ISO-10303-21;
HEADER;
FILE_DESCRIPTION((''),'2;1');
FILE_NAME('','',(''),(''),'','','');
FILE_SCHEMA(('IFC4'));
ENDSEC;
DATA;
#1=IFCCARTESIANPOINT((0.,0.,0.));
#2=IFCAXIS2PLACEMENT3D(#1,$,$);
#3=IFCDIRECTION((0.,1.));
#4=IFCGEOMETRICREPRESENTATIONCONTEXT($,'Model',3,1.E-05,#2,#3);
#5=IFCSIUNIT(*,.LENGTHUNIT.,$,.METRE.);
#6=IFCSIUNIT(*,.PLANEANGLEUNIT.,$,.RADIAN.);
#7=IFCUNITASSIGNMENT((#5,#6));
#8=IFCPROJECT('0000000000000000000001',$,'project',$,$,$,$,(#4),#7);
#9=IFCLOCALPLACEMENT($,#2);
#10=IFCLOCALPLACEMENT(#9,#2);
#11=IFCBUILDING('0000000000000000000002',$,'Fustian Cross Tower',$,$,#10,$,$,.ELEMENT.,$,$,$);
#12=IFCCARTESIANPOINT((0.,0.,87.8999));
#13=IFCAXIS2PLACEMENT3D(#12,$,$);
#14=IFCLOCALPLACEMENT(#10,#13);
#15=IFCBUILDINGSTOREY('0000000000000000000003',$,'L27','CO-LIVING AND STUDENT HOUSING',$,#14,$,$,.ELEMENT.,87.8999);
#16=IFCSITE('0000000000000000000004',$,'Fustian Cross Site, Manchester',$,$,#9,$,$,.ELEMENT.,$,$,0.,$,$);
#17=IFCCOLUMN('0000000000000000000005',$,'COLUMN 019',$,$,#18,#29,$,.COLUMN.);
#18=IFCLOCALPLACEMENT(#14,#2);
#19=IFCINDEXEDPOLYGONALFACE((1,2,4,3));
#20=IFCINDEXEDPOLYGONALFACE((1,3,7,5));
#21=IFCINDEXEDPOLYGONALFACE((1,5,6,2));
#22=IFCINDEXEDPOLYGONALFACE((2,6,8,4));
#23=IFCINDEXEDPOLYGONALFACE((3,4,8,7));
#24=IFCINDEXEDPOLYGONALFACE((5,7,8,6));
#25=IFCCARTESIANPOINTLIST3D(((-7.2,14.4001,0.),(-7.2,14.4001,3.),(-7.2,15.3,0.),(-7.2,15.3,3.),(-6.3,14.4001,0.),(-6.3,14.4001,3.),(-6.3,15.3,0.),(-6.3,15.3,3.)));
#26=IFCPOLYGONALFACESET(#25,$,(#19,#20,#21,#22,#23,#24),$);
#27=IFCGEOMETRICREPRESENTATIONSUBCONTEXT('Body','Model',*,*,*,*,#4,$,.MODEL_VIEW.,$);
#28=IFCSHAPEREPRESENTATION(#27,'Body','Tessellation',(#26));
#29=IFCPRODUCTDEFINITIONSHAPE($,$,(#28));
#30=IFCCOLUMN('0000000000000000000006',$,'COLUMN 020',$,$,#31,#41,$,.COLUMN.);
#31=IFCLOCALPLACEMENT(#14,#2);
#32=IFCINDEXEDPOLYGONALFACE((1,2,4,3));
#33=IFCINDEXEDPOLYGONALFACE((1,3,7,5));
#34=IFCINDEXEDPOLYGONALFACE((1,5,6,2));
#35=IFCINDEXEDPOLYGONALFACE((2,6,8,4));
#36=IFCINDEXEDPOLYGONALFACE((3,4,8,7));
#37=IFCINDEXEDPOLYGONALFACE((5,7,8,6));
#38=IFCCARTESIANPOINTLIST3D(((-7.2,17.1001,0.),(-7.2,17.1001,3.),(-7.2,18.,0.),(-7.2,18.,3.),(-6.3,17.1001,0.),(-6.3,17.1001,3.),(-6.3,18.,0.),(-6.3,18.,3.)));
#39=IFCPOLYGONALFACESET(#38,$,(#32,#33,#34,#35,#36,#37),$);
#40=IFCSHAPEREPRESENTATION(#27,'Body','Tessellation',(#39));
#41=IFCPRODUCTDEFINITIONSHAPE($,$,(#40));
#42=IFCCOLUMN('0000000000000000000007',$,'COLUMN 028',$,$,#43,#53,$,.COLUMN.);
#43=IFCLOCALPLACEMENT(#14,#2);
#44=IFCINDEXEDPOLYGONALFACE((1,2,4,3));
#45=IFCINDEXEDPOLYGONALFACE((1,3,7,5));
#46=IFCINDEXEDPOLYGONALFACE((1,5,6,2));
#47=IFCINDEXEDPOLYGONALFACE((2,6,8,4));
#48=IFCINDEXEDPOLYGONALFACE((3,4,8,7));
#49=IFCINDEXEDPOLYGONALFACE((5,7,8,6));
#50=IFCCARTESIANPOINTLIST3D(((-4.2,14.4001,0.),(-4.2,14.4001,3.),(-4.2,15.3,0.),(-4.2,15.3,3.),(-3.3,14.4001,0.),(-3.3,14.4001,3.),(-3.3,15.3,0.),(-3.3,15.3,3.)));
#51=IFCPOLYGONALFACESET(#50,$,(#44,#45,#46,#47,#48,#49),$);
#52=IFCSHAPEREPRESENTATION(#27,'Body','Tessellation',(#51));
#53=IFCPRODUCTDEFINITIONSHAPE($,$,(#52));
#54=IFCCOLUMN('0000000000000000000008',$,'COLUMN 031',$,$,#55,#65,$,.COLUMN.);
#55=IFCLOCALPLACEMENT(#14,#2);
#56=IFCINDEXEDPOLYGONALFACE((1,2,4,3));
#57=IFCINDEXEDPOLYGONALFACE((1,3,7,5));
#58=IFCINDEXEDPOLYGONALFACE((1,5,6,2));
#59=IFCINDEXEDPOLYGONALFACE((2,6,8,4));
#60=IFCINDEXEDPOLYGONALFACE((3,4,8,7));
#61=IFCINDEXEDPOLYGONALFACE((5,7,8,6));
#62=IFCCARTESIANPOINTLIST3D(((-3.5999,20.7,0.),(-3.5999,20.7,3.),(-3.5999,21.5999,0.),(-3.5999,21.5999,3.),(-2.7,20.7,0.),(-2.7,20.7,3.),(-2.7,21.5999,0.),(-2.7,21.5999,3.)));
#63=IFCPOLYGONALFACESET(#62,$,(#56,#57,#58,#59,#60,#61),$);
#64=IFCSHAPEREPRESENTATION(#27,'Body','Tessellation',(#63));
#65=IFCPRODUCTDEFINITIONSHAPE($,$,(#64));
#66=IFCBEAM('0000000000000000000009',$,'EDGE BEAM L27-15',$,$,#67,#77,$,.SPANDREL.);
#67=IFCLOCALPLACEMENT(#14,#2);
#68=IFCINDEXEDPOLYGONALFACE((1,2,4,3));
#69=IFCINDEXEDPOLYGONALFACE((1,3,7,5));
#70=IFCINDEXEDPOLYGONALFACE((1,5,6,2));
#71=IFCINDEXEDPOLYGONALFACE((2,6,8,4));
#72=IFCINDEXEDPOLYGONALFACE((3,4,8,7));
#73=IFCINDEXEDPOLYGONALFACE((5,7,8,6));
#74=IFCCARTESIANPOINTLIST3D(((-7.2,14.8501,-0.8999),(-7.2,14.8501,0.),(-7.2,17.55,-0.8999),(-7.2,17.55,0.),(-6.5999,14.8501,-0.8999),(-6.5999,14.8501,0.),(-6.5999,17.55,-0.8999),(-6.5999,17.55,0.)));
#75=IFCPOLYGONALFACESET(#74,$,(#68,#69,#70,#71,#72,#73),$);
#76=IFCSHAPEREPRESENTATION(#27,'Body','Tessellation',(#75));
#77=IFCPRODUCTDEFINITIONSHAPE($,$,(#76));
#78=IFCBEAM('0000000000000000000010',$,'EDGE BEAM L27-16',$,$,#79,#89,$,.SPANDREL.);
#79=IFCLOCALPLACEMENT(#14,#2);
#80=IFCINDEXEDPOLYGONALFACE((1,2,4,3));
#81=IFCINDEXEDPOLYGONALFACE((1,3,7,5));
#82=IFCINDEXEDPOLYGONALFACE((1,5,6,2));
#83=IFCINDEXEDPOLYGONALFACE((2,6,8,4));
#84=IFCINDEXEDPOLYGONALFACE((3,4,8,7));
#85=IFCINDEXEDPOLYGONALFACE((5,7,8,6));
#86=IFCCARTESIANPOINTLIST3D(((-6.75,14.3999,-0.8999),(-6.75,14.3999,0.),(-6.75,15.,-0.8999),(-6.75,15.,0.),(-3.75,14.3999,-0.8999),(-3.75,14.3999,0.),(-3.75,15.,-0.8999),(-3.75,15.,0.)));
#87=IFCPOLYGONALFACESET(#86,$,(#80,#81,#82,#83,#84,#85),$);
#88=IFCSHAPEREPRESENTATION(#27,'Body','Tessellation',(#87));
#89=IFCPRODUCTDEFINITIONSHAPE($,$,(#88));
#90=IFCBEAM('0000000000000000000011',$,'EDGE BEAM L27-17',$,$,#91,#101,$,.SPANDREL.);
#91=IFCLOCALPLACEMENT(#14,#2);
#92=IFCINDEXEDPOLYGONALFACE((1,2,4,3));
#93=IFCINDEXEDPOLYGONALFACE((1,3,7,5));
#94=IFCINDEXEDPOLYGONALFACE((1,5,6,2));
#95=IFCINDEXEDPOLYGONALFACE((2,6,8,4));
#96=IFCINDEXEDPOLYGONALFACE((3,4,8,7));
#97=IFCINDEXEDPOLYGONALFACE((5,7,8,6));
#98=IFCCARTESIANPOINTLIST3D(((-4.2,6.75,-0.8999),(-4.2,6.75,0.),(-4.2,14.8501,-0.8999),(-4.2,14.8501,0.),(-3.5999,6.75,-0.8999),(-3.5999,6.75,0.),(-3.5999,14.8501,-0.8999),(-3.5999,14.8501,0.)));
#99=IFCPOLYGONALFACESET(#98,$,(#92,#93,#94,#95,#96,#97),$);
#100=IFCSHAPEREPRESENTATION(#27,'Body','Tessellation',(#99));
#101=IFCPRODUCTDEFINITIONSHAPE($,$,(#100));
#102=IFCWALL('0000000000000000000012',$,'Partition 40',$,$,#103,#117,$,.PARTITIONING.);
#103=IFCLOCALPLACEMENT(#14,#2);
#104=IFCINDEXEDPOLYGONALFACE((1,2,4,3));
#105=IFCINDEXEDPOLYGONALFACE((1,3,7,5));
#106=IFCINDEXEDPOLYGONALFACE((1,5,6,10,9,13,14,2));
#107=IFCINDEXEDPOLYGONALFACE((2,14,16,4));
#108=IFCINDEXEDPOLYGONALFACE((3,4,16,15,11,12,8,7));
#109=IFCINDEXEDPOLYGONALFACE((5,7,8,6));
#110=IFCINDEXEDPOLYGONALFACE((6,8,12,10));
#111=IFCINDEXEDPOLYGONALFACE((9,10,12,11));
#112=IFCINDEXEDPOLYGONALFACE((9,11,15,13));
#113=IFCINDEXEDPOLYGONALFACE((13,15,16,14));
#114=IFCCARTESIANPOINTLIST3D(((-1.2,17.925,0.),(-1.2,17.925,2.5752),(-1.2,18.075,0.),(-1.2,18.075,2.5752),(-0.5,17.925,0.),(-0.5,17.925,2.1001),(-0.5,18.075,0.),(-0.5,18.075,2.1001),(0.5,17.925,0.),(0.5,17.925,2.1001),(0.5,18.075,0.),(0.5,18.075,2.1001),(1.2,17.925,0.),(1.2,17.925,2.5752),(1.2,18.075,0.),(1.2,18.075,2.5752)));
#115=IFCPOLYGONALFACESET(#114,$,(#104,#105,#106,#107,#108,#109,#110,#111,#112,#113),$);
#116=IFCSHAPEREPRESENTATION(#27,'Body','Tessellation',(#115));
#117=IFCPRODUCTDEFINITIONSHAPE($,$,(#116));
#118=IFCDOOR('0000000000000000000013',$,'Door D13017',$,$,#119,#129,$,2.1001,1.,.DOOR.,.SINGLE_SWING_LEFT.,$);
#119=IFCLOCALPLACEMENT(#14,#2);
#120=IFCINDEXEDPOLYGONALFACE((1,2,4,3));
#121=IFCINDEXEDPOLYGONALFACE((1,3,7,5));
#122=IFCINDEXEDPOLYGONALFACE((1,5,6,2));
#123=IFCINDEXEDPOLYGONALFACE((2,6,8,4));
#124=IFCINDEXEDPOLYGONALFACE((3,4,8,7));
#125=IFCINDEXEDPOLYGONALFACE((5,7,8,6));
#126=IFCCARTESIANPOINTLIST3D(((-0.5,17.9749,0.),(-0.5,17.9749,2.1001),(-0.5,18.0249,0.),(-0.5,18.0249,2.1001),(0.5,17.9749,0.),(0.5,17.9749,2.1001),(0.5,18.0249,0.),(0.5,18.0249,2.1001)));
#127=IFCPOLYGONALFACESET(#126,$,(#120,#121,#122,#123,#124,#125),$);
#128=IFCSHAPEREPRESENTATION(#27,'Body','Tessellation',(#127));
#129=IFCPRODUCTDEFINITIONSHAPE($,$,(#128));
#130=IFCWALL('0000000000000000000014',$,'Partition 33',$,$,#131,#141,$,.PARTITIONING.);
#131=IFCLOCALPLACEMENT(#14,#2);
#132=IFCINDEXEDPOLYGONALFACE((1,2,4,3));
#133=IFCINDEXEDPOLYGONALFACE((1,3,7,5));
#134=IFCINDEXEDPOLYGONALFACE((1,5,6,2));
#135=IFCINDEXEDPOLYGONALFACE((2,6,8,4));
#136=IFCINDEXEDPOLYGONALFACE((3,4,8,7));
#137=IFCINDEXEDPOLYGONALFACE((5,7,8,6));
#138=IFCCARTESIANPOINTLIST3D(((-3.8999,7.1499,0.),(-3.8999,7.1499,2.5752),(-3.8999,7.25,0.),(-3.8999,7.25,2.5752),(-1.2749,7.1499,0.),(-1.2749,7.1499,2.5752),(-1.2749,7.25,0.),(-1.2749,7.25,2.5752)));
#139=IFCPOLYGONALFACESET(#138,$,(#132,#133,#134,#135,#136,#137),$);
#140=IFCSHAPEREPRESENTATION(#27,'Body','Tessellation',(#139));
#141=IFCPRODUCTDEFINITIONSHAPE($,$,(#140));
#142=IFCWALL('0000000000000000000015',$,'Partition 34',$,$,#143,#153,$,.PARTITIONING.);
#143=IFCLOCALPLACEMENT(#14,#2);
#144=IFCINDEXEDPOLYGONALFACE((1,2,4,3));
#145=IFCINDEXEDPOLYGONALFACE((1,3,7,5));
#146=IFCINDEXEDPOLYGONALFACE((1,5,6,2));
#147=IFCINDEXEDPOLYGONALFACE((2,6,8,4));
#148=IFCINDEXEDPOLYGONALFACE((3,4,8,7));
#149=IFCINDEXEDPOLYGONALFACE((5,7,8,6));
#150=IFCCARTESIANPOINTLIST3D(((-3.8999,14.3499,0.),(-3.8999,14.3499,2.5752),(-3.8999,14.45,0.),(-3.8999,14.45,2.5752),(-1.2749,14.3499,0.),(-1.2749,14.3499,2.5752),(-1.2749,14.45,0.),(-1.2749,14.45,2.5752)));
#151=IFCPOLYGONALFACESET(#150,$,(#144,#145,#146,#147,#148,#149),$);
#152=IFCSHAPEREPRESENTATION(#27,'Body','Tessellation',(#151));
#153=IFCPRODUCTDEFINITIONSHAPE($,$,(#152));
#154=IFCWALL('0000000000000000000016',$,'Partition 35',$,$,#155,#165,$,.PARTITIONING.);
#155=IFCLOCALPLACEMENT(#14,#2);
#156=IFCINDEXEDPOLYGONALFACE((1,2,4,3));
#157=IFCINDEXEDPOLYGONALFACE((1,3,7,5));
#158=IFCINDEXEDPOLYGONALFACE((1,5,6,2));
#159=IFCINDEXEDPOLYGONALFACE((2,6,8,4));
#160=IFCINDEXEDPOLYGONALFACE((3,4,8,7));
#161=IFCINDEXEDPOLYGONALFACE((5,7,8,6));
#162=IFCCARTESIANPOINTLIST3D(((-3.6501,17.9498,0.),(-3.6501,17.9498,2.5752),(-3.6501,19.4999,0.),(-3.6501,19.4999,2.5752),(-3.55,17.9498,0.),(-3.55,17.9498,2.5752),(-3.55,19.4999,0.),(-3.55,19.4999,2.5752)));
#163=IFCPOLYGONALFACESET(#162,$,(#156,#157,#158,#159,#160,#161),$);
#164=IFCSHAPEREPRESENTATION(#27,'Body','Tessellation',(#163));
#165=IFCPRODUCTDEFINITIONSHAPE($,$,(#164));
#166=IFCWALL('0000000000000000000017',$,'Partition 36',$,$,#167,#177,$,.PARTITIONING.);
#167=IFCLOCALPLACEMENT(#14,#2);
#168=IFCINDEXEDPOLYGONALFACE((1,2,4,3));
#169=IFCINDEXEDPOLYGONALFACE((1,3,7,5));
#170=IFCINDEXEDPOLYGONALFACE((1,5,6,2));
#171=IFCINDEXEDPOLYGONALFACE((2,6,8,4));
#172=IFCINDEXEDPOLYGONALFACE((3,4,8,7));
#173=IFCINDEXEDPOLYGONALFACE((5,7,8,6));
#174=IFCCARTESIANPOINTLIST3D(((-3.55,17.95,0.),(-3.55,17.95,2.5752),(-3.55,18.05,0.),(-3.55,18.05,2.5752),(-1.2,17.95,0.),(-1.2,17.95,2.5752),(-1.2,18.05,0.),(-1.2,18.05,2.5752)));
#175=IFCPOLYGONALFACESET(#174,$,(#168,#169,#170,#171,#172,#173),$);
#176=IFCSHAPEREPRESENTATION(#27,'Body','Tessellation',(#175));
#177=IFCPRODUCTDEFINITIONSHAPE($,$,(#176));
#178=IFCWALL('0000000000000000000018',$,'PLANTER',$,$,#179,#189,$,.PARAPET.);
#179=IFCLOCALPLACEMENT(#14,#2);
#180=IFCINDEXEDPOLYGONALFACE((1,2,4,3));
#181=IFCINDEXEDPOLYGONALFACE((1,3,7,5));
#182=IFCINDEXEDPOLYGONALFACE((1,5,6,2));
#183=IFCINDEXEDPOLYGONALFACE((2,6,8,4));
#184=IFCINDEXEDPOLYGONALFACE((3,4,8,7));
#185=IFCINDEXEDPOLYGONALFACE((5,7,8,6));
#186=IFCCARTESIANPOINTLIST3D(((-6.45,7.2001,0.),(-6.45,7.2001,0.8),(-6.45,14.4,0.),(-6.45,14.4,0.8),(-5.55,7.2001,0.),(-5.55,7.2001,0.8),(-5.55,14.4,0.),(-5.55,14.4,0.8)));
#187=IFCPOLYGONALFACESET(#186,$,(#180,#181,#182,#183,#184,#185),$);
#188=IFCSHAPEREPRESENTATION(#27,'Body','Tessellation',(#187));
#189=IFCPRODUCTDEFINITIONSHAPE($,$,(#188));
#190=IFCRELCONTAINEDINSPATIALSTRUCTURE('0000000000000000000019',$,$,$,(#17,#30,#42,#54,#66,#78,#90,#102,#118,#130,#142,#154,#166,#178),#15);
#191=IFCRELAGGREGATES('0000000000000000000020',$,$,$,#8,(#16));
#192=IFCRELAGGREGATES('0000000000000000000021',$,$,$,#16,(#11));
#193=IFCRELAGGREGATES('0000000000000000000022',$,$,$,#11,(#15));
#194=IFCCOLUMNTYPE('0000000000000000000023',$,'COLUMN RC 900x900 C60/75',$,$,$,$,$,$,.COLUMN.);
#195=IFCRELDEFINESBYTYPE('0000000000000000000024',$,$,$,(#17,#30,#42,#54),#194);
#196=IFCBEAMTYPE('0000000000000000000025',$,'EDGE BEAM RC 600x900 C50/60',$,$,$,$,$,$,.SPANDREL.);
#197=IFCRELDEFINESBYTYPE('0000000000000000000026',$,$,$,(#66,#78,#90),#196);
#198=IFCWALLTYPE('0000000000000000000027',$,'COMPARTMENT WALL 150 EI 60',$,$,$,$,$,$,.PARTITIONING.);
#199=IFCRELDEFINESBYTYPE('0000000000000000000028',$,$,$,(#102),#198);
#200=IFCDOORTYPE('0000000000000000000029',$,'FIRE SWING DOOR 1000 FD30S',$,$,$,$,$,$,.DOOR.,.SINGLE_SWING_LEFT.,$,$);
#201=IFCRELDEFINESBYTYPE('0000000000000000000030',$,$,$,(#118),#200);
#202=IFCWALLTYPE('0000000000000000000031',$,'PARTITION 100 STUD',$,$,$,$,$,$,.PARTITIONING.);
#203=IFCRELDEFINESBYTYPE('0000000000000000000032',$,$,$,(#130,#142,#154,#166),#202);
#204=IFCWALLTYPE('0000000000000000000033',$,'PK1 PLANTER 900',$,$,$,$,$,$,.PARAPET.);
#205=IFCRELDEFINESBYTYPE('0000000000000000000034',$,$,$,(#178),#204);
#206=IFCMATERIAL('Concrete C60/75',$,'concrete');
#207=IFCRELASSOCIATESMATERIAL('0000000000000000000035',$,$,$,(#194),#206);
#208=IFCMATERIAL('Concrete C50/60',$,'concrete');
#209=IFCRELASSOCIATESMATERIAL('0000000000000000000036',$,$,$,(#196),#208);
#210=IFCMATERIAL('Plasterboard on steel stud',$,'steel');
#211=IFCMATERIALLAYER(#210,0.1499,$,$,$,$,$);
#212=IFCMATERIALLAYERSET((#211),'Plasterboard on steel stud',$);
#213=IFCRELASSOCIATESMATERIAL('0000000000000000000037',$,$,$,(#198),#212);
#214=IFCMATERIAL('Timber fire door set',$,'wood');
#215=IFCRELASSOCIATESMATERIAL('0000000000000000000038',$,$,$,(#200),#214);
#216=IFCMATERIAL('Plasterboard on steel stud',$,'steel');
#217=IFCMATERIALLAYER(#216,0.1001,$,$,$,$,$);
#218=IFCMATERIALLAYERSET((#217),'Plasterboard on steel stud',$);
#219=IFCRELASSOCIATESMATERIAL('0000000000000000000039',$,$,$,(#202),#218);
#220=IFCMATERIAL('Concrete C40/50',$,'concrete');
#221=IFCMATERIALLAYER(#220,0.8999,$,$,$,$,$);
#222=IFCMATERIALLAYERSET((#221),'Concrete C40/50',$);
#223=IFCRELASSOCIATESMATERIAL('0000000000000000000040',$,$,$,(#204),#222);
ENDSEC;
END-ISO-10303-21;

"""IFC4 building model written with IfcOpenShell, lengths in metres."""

from ifc_helpers import new_model, si_unit, direction, frame, frame_2d, origin, origin_2d, place, context, subcontext, project, spatial, rectangle, extrude, material, layer, layer_set, material_profile, profile_set, type_object, element, fill, save


model = new_model("IFC4")

# Units and contexts
model_context = context("Model", 3, precision=1e-05, world=origin(), true_north=direction((0.0, 1.0)))
body_context = subcontext(model_context, "Body", "Model", "MODEL_VIEW")
ifc_project = project(units=[si_unit("LENGTHUNIT", "METRE"), si_unit("PLANEANGLEUNIT", "RADIAN")], contexts=[model_context])

# Site, building, storey
site_placement = place(None, origin())
site = spatial("IfcSite", under=ifc_project, at=site_placement, Name="Fustian Cross Site, Manchester", CompositionType="ELEMENT", RefElevation=0.0)
building_placement = place(site_placement, origin())
building = spatial("IfcBuilding", under=site, at=building_placement, Name="Fustian Cross Tower", CompositionType="ELEMENT")
storey_placement = place(building_placement, frame((0.0, 0.0, 87.8999)))
storey = spatial("IfcBuildingStorey", under=building, at=storey_placement, Name="L27", Description="CO-LIVING AND STUDENT HOUSING", CompositionType="ELEMENT", Elevation=87.8999)

# Columns
ifc_material_1 = material(Name="Concrete C60/75", Category="concrete")
ifc_material_profile_1 = material_profile(ifc_material_1, rectangle(XDim=0.8999, YDim=0.8999, at=origin_2d()), Name="RC 900x900")
ifc_profile_set_1 = profile_set([ifc_material_profile_1], Name="Concrete C60/75")
column_type = type_object("IfcColumnType", Name="COLUMN RC 900x900 C60/75", PredefinedType="COLUMN", material=ifc_profile_set_1)
for number, where, z_axis, x_axis, name in (
    (1, (-6.75, 14.8501, 0.0), (0.0, 0.0, 1.0), (1.0, 0.0, 0.0), "COLUMN 019"),
    (2, (-6.75, 17.55, 0.0), (0.0, 0.0, 1.0), (1.0, 0.0, 0.0), "COLUMN 020"),
    (3, (-3.75, 14.8501, 0.0), (0.0, 0.0, 1.0), (1.0, 0.0, 0.0), "COLUMN 028"),
    (4, (-3.1499, 21.1499, 0.0), (0.0, 0.0, 1.0), (1.0, 0.0, 0.0), "COLUMN 031"),
):
    element("IfcColumn", number, at=place(storey_placement, frame(where, z_axis=z_axis, x_axis=x_axis)), inside=storey, type_object=column_type, Name=name, PredefinedType="COLUMN", context=body_context, shape_type="SweptSolid", body=[
        extrude(rectangle(XDim=0.8999, YDim=0.8999, at=origin_2d()), origin(), (0.0, 0.0, 1.0), 3.0),
    ])

# Beams
ifc_material_2 = material(Name="Concrete C50/60", Category="concrete")
ifc_material_profile_2 = material_profile(ifc_material_2, rectangle(XDim=0.6001, YDim=0.8999, at=origin_2d()), Name="RC 600x900")
ifc_profile_set_2 = profile_set([ifc_material_profile_2], Name="Concrete C50/60")
beam_type = type_object("IfcBeamType", Name="EDGE BEAM RC 600x900 C50/60", PredefinedType="SPANDREL", material=ifc_profile_set_2)
beam_1_placement = place(storey_placement, frame((-6.8999, 17.55, -0.45), z_axis=(0.0, -1.0, 0.0), x_axis=(1.0, 0.0, 0.0)))
element("IfcBeam", 5, at=beam_1_placement, inside=storey, type_object=beam_type, Name="EDGE BEAM L27-15", PredefinedType="SPANDREL", context=body_context, shape_type="SweptSolid", body=[
    extrude(rectangle(XDim=0.6001, YDim=0.8999, at=origin_2d()), origin(), (0.0, 0.0, 1.0), 2.7),
])
beam_2_placement = place(storey_placement, frame((-6.75, 14.7, -0.45), z_axis=(1.0, 0.0, 0.0), x_axis=(0.0, 1.0, 0.0)))
element("IfcBeam", 6, at=beam_2_placement, inside=storey, type_object=beam_type, Name="EDGE BEAM L27-16", PredefinedType="SPANDREL", context=body_context, shape_type="SweptSolid", body=[
    extrude(rectangle(XDim=0.6001, YDim=0.8999, at=origin_2d()), origin(), (0.0, 0.0, 1.0), 3.0),
])
beam_3_placement = place(storey_placement, frame((-3.8999, 14.8501, -0.45), z_axis=(0.0, -1.0, 0.0), x_axis=(1.0, 0.0, 0.0)))
element("IfcBeam", 7, at=beam_3_placement, inside=storey, type_object=beam_type, Name="EDGE BEAM L27-17", PredefinedType="SPANDREL", context=body_context, shape_type="SweptSolid", body=[
    extrude(rectangle(XDim=0.6001, YDim=0.8999, at=origin_2d()), origin(), (0.0, 0.0, 1.0), 8.1001),
])

# Wall, opening, door
ifc_material_3 = material(Name="Plasterboard on steel stud", Category="steel")
ifc_layer_1 = layer(ifc_material_3, 0.1499)
ifc_layer_set_1 = layer_set([ifc_layer_1], Name="Plasterboard on steel stud")
wall_type_1 = type_object("IfcWallType", Name="COMPARTMENT WALL 150 EI 60", PredefinedType="PARTITIONING", material=ifc_layer_set_1)
wall_1_placement = place(storey_placement, frame((-1.2, 18.0, 0.0), z_axis=(0.0, 0.0, 1.0), x_axis=(1.0, 0.0, 0.0)))
wall_1 = element("IfcWall", 8, at=wall_1_placement, inside=storey, type_object=wall_type_1, Name="Partition 40", PredefinedType="PARTITIONING", context=body_context, shape_type="SweptSolid", body=[
    extrude(rectangle(XDim=2.3999, YDim=0.1499, at=frame_2d((1.2, 0.0))), origin(), (0.0, 0.0, 1.0), 2.5752),
])
opening_1_placement = place(wall_1_placement, frame((0.7, 0.0, 0.0)))
opening_1 = element("IfcOpeningElement", 9, at=opening_1_placement, cuts=wall_1, PredefinedType="OPENING", context=body_context, shape_type="SweptSolid", body=[
    extrude(rectangle(XDim=1.0, YDim=2.1001, at=frame_2d((0.5, 1.05))), frame((0.0, 0.085, 0.0), z_axis=(0.0, -1.0, 0.0), x_axis=(1.0, 0.0, 0.0)), (0.0, 0.0, 1.0), 0.1699),
])
ifc_material_4 = material(Name="Timber fire door set", Category="wood")
door_type_1 = type_object("IfcDoorType", Name="FIRE SWING DOOR 1000 FD30S", OperationType="SINGLE_SWING_LEFT", PredefinedType="DOOR", material=ifc_material_4)
door_1_placement = place(opening_1_placement, origin())
door_1 = element("IfcDoor", 10, at=door_1_placement, inside=storey, type_object=door_type_1, Name="Door D13017", OperationType="SINGLE_SWING_LEFT", OverallHeight=2.1001, OverallWidth=1.0, PredefinedType="DOOR", context=body_context, shape_type="SweptSolid", body=[
    extrude(rectangle(XDim=1.0, YDim=2.1001, at=frame_2d((0.5, 1.05))), frame((0.0, 0.0249, 0.0), z_axis=(0.0, -1.0, 0.0), x_axis=(1.0, 0.0, 0.0)), (0.0, 0.0, 1.0), 0.05),
])
fill(opening_1, door_1)

# Walls
ifc_material_5 = material(Name="Plasterboard on steel stud", Category="steel")
ifc_layer_2 = layer(ifc_material_5, 0.1001)
ifc_layer_set_2 = layer_set([ifc_layer_2], Name="Plasterboard on steel stud")
wall_type_2 = type_object("IfcWallType", Name="PARTITION 100 STUD", PredefinedType="PARTITIONING", material=ifc_layer_set_2)
for number, where, z_axis, x_axis, name in (
    (11, (-3.8999, 7.2, 0.0), (0.0, 0.0, 1.0), (1.0, 0.0, 0.0), "Partition 33"),
    (12, (-3.8999, 14.3999, 0.0), (0.0, 0.0, 1.0), (1.0, 0.0, 0.0), "Partition 34"),
):
    element("IfcWall", number, at=place(storey_placement, frame(where, z_axis=z_axis, x_axis=x_axis)), inside=storey, type_object=wall_type_2, Name=name, PredefinedType="PARTITIONING", context=body_context, shape_type="SweptSolid", body=[
        extrude(rectangle(XDim=2.625, YDim=0.1001, at=frame_2d((1.3125, 0.0))), origin(), (0.0, 0.0, 1.0), 2.5752),
    ])
wall_2_placement = place(storey_placement, frame((-3.6001, 17.95, 0.0), z_axis=(0.0, 0.0, 1.0), x_axis=(0.0, 1.0, 0.0)))
element("IfcWall", 13, at=wall_2_placement, inside=storey, type_object=wall_type_2, Name="Partition 35", PredefinedType="PARTITIONING", context=body_context, shape_type="SweptSolid", body=[
    extrude(rectangle(XDim=1.55, YDim=0.1001, at=frame_2d((0.7749, 0.0))), origin(), (0.0, 0.0, 1.0), 2.5752),
])
wall_3_placement = place(storey_placement, frame((-3.55, 18.0, 0.0), z_axis=(0.0, 0.0, 1.0), x_axis=(1.0, 0.0, 0.0)))
element("IfcWall", 14, at=wall_3_placement, inside=storey, type_object=wall_type_2, Name="Partition 36", PredefinedType="PARTITIONING", context=body_context, shape_type="SweptSolid", body=[
    extrude(rectangle(XDim=2.3501, YDim=0.1001, at=frame_2d((1.175, 0.0))), origin(), (0.0, 0.0, 1.0), 2.5752),
])
ifc_material_6 = material(Name="Concrete C40/50", Category="concrete")
ifc_layer_3 = layer(ifc_material_6, 0.8999)
ifc_layer_set_3 = layer_set([ifc_layer_3], Name="Concrete C40/50")
wall_type_3 = type_object("IfcWallType", Name="PK1 PLANTER 900", PredefinedType="PARAPET", material=ifc_layer_set_3)
wall_4_placement = place(storey_placement, frame((-6.0, 7.2, 0.0), z_axis=(0.0, 0.0, 1.0), x_axis=(0.0, 1.0, 0.0)))
element("IfcWall", 15, at=wall_4_placement, inside=storey, type_object=wall_type_3, Name="PLANTER", PredefinedType="PARAPET", context=body_context, shape_type="SweptSolid", body=[
    extrude(rectangle(XDim=7.2, YDim=0.8999, at=frame_2d((3.6001, 0.0))), origin(), (0.0, 0.0, 1.0), 0.8),
])

save(model, "model.ifc")
